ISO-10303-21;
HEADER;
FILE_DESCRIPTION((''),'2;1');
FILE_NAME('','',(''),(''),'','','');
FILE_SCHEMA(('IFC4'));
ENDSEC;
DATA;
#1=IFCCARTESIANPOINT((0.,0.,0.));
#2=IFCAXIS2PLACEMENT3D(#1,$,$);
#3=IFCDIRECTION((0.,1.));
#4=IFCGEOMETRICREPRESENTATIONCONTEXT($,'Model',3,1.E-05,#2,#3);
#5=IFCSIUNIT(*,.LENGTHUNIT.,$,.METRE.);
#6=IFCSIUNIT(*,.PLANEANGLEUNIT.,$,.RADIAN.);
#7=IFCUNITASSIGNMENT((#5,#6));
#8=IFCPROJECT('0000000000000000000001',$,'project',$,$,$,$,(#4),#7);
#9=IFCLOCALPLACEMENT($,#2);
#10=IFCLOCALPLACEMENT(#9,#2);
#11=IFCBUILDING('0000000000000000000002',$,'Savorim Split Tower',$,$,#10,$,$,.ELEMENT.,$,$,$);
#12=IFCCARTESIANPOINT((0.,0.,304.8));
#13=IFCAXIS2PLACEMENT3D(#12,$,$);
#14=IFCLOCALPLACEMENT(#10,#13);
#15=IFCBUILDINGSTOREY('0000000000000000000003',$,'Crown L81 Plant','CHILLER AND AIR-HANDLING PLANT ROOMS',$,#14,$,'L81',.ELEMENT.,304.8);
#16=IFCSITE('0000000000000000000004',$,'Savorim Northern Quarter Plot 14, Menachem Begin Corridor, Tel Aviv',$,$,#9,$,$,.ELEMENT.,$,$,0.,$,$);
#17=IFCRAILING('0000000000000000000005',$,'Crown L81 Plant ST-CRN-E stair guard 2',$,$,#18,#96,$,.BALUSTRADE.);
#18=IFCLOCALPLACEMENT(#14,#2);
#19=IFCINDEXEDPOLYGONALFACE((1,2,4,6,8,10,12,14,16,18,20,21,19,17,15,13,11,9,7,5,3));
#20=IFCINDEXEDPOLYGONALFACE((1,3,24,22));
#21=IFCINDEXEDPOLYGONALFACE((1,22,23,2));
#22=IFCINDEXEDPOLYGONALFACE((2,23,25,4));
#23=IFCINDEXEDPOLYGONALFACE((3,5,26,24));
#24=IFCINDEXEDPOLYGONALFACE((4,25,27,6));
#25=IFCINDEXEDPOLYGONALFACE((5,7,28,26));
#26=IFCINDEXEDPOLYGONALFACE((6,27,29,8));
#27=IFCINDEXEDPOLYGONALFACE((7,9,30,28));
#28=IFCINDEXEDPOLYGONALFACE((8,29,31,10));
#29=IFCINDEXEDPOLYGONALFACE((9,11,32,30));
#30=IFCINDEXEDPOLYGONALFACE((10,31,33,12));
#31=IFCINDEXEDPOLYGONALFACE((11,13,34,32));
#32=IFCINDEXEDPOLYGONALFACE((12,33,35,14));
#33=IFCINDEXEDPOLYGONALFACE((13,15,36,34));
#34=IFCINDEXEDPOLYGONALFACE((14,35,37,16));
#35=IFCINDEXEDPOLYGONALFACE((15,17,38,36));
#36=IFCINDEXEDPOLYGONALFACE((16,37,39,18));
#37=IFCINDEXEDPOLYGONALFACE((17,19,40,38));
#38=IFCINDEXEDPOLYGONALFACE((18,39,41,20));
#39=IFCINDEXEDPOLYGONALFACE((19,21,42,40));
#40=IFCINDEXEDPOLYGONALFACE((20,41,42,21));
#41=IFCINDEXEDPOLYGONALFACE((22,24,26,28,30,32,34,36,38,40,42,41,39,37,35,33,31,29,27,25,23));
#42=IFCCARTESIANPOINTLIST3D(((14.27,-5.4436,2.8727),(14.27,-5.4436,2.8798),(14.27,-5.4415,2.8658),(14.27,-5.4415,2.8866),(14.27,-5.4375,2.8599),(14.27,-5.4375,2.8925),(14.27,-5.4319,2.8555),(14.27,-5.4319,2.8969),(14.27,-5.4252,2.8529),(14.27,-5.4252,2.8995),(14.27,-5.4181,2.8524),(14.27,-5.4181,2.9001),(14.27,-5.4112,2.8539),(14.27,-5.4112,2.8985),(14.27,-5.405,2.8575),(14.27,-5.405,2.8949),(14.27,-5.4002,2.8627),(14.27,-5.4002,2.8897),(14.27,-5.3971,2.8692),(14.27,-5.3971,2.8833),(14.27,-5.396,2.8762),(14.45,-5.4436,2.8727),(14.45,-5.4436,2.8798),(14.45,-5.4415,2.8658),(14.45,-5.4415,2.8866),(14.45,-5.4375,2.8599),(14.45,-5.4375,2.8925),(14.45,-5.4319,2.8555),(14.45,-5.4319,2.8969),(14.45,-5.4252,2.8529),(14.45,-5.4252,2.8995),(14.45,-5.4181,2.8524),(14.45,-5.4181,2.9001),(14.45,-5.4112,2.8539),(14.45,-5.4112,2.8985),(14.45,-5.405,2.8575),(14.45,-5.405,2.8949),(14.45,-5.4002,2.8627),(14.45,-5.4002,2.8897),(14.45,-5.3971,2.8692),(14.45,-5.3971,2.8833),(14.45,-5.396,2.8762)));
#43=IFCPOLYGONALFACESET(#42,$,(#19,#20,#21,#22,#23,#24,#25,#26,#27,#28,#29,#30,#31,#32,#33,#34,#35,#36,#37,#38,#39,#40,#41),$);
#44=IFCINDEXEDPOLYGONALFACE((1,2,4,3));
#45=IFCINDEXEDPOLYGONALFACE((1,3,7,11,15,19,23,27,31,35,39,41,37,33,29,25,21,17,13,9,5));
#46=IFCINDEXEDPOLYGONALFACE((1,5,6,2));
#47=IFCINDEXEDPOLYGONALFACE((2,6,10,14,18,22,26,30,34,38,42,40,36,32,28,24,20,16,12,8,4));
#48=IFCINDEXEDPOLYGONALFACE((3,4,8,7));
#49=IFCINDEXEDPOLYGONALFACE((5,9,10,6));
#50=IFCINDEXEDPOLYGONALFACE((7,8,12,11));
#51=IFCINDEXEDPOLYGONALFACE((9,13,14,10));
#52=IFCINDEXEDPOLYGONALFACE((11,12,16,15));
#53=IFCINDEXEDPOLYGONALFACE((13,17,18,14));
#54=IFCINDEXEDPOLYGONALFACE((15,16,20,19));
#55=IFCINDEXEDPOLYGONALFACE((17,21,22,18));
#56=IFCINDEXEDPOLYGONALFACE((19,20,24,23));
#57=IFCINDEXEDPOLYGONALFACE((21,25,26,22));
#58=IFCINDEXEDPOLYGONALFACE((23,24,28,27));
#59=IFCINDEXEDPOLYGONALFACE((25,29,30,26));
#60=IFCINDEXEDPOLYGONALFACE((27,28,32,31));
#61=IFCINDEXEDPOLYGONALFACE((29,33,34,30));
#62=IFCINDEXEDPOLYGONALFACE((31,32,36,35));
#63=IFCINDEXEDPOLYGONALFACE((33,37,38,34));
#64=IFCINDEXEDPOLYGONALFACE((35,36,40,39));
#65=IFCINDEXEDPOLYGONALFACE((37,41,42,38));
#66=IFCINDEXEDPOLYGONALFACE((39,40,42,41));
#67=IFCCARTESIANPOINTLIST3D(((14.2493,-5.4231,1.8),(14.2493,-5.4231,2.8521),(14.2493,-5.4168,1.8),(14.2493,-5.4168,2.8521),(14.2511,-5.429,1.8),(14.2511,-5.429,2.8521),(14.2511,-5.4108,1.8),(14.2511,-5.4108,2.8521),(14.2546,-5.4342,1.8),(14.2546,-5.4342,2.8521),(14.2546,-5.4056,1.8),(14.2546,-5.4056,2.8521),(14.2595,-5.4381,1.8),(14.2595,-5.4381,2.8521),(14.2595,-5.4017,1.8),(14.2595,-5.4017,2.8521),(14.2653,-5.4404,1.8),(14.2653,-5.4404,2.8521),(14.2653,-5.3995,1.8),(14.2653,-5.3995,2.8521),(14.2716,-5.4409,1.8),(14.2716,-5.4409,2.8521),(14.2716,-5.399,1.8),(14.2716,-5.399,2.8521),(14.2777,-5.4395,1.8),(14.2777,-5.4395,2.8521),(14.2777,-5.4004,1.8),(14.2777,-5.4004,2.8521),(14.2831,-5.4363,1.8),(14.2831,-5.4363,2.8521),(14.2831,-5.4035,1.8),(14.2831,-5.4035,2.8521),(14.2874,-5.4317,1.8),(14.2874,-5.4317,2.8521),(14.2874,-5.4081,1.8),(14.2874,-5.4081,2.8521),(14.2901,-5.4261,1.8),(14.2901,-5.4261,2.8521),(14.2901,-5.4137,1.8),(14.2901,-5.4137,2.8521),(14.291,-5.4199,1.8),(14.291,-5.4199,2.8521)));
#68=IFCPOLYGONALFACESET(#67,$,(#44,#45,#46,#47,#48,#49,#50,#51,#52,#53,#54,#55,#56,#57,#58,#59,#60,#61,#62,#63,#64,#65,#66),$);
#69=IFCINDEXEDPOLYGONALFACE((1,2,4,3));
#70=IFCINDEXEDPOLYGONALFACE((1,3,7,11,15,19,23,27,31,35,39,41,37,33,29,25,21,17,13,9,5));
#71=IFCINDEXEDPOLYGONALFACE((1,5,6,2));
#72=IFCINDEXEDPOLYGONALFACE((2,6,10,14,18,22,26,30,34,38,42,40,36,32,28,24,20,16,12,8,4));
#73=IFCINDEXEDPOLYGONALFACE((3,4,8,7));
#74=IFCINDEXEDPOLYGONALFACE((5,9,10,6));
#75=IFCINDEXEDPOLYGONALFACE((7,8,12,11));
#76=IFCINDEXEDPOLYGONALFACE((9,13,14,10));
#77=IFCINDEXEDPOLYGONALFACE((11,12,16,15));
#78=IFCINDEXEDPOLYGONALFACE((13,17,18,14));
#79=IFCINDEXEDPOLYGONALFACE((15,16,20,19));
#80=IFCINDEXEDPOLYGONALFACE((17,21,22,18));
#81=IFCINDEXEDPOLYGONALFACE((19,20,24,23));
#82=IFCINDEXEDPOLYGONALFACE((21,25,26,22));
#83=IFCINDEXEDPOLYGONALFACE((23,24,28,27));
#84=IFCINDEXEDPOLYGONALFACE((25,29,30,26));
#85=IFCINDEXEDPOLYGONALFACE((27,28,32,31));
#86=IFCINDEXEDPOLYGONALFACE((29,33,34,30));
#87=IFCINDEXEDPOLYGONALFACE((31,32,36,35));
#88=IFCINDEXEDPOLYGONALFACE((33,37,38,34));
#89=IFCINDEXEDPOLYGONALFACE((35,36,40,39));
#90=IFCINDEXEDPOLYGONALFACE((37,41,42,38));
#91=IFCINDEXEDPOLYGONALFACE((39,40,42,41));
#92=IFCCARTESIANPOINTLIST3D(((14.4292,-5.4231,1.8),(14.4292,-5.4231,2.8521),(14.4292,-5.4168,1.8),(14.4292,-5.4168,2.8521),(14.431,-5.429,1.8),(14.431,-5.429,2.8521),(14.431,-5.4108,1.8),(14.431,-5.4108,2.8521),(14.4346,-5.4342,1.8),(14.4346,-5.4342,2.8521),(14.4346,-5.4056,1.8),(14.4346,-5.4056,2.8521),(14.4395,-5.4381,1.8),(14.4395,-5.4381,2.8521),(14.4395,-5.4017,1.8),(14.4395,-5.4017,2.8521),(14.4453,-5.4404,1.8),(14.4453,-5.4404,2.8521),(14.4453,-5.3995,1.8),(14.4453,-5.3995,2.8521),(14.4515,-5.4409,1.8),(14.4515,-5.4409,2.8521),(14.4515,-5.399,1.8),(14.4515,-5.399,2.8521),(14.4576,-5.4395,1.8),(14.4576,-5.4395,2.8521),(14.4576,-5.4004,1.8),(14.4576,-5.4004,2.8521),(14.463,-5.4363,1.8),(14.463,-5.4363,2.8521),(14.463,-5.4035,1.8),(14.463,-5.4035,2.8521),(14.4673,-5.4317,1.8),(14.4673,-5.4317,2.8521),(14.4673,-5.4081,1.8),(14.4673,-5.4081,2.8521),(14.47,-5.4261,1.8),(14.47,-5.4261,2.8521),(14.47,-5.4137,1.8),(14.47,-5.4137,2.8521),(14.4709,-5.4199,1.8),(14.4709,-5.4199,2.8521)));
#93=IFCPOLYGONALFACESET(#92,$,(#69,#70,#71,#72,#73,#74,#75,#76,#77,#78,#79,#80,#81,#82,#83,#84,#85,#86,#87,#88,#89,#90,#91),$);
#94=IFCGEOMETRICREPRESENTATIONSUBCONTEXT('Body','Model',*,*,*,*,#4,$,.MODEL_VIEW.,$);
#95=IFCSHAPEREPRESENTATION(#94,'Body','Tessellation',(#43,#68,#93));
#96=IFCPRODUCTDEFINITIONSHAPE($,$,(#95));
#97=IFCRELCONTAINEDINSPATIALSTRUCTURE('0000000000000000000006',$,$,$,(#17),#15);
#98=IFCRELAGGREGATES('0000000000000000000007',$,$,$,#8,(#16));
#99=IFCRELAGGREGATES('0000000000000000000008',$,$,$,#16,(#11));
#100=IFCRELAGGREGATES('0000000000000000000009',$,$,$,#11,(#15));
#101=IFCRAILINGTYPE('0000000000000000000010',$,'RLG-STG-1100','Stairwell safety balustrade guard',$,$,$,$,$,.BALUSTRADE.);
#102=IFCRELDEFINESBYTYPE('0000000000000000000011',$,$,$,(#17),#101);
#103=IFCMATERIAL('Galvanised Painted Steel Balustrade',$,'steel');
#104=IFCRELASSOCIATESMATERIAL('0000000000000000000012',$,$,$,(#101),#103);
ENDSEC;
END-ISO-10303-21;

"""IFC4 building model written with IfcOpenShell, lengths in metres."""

from ifc_helpers import new_model, si_unit, direction, frame, origin, origin_2d, place, context, subcontext, project, spatial, circle, extrude, material, type_object, element, save


model = new_model("IFC4")

# Units and contexts
model_context = context("Model", 3, precision=1e-05, world=origin(), true_north=direction((0.0, 1.0)))
body_context = subcontext(model_context, "Body", "Model", "MODEL_VIEW")
ifc_project = project(units=[si_unit("LENGTHUNIT", "METRE"), si_unit("PLANEANGLEUNIT", "RADIAN")], contexts=[model_context])

# Site, building, storey
site_placement = place(None, origin())
site = spatial("IfcSite", under=ifc_project, at=site_placement, Name="Savorim Northern Quarter Plot 14, Menachem Begin Corridor, Tel Aviv", CompositionType="ELEMENT", RefElevation=0.0)
building_placement = place(site_placement, origin())
building = spatial("IfcBuilding", under=site, at=building_placement, Name="Savorim Split Tower", CompositionType="ELEMENT")
storey_placement = place(building_placement, frame((0.0, 0.0, 304.8)))
storey = spatial("IfcBuildingStorey", under=building, at=storey_placement, Name="Crown L81 Plant", Description="CHILLER AND AIR-HANDLING PLANT ROOMS", LongName="L81", CompositionType="ELEMENT", Elevation=304.8)

# Railing
ifc_material_1 = material(Name="Galvanised Painted Steel Balustrade", Category="steel")
railing_type_1 = type_object("IfcRailingType", Name="RLG-STG-1100", Description="Stairwell safety balustrade guard", PredefinedType="BALUSTRADE", material=ifc_material_1)
railing_1_placement = place(storey_placement, frame((14.27, -5.4199, 1.8)))
element("IfcRailing", 1, at=railing_1_placement, inside=storey, type_object=railing_type_1, Name="Crown L81 Plant ST-CRN-E stair guard 2", PredefinedType="BALUSTRADE", context=body_context, shape_type="SweptSolid", body=[
    extrude(circle(Radius=0.0239, at=origin_2d()), frame((0.0, 0.0, 1.0762), z_axis=(1.0, 0.0, 0.0), x_axis=(0.0, 1.0, 0.0)), (0.0, 0.0, 1.0), 0.1799),
    extrude(circle(Radius=0.021, at=origin_2d()), origin(), (0.0, 0.0, 1.0), 1.052),
    extrude(circle(Radius=0.021, at=origin_2d()), frame((0.1799, 0.0, 0.0)), (0.0, 0.0, 1.0), 1.052),
])

save(model, "model.ifc")
